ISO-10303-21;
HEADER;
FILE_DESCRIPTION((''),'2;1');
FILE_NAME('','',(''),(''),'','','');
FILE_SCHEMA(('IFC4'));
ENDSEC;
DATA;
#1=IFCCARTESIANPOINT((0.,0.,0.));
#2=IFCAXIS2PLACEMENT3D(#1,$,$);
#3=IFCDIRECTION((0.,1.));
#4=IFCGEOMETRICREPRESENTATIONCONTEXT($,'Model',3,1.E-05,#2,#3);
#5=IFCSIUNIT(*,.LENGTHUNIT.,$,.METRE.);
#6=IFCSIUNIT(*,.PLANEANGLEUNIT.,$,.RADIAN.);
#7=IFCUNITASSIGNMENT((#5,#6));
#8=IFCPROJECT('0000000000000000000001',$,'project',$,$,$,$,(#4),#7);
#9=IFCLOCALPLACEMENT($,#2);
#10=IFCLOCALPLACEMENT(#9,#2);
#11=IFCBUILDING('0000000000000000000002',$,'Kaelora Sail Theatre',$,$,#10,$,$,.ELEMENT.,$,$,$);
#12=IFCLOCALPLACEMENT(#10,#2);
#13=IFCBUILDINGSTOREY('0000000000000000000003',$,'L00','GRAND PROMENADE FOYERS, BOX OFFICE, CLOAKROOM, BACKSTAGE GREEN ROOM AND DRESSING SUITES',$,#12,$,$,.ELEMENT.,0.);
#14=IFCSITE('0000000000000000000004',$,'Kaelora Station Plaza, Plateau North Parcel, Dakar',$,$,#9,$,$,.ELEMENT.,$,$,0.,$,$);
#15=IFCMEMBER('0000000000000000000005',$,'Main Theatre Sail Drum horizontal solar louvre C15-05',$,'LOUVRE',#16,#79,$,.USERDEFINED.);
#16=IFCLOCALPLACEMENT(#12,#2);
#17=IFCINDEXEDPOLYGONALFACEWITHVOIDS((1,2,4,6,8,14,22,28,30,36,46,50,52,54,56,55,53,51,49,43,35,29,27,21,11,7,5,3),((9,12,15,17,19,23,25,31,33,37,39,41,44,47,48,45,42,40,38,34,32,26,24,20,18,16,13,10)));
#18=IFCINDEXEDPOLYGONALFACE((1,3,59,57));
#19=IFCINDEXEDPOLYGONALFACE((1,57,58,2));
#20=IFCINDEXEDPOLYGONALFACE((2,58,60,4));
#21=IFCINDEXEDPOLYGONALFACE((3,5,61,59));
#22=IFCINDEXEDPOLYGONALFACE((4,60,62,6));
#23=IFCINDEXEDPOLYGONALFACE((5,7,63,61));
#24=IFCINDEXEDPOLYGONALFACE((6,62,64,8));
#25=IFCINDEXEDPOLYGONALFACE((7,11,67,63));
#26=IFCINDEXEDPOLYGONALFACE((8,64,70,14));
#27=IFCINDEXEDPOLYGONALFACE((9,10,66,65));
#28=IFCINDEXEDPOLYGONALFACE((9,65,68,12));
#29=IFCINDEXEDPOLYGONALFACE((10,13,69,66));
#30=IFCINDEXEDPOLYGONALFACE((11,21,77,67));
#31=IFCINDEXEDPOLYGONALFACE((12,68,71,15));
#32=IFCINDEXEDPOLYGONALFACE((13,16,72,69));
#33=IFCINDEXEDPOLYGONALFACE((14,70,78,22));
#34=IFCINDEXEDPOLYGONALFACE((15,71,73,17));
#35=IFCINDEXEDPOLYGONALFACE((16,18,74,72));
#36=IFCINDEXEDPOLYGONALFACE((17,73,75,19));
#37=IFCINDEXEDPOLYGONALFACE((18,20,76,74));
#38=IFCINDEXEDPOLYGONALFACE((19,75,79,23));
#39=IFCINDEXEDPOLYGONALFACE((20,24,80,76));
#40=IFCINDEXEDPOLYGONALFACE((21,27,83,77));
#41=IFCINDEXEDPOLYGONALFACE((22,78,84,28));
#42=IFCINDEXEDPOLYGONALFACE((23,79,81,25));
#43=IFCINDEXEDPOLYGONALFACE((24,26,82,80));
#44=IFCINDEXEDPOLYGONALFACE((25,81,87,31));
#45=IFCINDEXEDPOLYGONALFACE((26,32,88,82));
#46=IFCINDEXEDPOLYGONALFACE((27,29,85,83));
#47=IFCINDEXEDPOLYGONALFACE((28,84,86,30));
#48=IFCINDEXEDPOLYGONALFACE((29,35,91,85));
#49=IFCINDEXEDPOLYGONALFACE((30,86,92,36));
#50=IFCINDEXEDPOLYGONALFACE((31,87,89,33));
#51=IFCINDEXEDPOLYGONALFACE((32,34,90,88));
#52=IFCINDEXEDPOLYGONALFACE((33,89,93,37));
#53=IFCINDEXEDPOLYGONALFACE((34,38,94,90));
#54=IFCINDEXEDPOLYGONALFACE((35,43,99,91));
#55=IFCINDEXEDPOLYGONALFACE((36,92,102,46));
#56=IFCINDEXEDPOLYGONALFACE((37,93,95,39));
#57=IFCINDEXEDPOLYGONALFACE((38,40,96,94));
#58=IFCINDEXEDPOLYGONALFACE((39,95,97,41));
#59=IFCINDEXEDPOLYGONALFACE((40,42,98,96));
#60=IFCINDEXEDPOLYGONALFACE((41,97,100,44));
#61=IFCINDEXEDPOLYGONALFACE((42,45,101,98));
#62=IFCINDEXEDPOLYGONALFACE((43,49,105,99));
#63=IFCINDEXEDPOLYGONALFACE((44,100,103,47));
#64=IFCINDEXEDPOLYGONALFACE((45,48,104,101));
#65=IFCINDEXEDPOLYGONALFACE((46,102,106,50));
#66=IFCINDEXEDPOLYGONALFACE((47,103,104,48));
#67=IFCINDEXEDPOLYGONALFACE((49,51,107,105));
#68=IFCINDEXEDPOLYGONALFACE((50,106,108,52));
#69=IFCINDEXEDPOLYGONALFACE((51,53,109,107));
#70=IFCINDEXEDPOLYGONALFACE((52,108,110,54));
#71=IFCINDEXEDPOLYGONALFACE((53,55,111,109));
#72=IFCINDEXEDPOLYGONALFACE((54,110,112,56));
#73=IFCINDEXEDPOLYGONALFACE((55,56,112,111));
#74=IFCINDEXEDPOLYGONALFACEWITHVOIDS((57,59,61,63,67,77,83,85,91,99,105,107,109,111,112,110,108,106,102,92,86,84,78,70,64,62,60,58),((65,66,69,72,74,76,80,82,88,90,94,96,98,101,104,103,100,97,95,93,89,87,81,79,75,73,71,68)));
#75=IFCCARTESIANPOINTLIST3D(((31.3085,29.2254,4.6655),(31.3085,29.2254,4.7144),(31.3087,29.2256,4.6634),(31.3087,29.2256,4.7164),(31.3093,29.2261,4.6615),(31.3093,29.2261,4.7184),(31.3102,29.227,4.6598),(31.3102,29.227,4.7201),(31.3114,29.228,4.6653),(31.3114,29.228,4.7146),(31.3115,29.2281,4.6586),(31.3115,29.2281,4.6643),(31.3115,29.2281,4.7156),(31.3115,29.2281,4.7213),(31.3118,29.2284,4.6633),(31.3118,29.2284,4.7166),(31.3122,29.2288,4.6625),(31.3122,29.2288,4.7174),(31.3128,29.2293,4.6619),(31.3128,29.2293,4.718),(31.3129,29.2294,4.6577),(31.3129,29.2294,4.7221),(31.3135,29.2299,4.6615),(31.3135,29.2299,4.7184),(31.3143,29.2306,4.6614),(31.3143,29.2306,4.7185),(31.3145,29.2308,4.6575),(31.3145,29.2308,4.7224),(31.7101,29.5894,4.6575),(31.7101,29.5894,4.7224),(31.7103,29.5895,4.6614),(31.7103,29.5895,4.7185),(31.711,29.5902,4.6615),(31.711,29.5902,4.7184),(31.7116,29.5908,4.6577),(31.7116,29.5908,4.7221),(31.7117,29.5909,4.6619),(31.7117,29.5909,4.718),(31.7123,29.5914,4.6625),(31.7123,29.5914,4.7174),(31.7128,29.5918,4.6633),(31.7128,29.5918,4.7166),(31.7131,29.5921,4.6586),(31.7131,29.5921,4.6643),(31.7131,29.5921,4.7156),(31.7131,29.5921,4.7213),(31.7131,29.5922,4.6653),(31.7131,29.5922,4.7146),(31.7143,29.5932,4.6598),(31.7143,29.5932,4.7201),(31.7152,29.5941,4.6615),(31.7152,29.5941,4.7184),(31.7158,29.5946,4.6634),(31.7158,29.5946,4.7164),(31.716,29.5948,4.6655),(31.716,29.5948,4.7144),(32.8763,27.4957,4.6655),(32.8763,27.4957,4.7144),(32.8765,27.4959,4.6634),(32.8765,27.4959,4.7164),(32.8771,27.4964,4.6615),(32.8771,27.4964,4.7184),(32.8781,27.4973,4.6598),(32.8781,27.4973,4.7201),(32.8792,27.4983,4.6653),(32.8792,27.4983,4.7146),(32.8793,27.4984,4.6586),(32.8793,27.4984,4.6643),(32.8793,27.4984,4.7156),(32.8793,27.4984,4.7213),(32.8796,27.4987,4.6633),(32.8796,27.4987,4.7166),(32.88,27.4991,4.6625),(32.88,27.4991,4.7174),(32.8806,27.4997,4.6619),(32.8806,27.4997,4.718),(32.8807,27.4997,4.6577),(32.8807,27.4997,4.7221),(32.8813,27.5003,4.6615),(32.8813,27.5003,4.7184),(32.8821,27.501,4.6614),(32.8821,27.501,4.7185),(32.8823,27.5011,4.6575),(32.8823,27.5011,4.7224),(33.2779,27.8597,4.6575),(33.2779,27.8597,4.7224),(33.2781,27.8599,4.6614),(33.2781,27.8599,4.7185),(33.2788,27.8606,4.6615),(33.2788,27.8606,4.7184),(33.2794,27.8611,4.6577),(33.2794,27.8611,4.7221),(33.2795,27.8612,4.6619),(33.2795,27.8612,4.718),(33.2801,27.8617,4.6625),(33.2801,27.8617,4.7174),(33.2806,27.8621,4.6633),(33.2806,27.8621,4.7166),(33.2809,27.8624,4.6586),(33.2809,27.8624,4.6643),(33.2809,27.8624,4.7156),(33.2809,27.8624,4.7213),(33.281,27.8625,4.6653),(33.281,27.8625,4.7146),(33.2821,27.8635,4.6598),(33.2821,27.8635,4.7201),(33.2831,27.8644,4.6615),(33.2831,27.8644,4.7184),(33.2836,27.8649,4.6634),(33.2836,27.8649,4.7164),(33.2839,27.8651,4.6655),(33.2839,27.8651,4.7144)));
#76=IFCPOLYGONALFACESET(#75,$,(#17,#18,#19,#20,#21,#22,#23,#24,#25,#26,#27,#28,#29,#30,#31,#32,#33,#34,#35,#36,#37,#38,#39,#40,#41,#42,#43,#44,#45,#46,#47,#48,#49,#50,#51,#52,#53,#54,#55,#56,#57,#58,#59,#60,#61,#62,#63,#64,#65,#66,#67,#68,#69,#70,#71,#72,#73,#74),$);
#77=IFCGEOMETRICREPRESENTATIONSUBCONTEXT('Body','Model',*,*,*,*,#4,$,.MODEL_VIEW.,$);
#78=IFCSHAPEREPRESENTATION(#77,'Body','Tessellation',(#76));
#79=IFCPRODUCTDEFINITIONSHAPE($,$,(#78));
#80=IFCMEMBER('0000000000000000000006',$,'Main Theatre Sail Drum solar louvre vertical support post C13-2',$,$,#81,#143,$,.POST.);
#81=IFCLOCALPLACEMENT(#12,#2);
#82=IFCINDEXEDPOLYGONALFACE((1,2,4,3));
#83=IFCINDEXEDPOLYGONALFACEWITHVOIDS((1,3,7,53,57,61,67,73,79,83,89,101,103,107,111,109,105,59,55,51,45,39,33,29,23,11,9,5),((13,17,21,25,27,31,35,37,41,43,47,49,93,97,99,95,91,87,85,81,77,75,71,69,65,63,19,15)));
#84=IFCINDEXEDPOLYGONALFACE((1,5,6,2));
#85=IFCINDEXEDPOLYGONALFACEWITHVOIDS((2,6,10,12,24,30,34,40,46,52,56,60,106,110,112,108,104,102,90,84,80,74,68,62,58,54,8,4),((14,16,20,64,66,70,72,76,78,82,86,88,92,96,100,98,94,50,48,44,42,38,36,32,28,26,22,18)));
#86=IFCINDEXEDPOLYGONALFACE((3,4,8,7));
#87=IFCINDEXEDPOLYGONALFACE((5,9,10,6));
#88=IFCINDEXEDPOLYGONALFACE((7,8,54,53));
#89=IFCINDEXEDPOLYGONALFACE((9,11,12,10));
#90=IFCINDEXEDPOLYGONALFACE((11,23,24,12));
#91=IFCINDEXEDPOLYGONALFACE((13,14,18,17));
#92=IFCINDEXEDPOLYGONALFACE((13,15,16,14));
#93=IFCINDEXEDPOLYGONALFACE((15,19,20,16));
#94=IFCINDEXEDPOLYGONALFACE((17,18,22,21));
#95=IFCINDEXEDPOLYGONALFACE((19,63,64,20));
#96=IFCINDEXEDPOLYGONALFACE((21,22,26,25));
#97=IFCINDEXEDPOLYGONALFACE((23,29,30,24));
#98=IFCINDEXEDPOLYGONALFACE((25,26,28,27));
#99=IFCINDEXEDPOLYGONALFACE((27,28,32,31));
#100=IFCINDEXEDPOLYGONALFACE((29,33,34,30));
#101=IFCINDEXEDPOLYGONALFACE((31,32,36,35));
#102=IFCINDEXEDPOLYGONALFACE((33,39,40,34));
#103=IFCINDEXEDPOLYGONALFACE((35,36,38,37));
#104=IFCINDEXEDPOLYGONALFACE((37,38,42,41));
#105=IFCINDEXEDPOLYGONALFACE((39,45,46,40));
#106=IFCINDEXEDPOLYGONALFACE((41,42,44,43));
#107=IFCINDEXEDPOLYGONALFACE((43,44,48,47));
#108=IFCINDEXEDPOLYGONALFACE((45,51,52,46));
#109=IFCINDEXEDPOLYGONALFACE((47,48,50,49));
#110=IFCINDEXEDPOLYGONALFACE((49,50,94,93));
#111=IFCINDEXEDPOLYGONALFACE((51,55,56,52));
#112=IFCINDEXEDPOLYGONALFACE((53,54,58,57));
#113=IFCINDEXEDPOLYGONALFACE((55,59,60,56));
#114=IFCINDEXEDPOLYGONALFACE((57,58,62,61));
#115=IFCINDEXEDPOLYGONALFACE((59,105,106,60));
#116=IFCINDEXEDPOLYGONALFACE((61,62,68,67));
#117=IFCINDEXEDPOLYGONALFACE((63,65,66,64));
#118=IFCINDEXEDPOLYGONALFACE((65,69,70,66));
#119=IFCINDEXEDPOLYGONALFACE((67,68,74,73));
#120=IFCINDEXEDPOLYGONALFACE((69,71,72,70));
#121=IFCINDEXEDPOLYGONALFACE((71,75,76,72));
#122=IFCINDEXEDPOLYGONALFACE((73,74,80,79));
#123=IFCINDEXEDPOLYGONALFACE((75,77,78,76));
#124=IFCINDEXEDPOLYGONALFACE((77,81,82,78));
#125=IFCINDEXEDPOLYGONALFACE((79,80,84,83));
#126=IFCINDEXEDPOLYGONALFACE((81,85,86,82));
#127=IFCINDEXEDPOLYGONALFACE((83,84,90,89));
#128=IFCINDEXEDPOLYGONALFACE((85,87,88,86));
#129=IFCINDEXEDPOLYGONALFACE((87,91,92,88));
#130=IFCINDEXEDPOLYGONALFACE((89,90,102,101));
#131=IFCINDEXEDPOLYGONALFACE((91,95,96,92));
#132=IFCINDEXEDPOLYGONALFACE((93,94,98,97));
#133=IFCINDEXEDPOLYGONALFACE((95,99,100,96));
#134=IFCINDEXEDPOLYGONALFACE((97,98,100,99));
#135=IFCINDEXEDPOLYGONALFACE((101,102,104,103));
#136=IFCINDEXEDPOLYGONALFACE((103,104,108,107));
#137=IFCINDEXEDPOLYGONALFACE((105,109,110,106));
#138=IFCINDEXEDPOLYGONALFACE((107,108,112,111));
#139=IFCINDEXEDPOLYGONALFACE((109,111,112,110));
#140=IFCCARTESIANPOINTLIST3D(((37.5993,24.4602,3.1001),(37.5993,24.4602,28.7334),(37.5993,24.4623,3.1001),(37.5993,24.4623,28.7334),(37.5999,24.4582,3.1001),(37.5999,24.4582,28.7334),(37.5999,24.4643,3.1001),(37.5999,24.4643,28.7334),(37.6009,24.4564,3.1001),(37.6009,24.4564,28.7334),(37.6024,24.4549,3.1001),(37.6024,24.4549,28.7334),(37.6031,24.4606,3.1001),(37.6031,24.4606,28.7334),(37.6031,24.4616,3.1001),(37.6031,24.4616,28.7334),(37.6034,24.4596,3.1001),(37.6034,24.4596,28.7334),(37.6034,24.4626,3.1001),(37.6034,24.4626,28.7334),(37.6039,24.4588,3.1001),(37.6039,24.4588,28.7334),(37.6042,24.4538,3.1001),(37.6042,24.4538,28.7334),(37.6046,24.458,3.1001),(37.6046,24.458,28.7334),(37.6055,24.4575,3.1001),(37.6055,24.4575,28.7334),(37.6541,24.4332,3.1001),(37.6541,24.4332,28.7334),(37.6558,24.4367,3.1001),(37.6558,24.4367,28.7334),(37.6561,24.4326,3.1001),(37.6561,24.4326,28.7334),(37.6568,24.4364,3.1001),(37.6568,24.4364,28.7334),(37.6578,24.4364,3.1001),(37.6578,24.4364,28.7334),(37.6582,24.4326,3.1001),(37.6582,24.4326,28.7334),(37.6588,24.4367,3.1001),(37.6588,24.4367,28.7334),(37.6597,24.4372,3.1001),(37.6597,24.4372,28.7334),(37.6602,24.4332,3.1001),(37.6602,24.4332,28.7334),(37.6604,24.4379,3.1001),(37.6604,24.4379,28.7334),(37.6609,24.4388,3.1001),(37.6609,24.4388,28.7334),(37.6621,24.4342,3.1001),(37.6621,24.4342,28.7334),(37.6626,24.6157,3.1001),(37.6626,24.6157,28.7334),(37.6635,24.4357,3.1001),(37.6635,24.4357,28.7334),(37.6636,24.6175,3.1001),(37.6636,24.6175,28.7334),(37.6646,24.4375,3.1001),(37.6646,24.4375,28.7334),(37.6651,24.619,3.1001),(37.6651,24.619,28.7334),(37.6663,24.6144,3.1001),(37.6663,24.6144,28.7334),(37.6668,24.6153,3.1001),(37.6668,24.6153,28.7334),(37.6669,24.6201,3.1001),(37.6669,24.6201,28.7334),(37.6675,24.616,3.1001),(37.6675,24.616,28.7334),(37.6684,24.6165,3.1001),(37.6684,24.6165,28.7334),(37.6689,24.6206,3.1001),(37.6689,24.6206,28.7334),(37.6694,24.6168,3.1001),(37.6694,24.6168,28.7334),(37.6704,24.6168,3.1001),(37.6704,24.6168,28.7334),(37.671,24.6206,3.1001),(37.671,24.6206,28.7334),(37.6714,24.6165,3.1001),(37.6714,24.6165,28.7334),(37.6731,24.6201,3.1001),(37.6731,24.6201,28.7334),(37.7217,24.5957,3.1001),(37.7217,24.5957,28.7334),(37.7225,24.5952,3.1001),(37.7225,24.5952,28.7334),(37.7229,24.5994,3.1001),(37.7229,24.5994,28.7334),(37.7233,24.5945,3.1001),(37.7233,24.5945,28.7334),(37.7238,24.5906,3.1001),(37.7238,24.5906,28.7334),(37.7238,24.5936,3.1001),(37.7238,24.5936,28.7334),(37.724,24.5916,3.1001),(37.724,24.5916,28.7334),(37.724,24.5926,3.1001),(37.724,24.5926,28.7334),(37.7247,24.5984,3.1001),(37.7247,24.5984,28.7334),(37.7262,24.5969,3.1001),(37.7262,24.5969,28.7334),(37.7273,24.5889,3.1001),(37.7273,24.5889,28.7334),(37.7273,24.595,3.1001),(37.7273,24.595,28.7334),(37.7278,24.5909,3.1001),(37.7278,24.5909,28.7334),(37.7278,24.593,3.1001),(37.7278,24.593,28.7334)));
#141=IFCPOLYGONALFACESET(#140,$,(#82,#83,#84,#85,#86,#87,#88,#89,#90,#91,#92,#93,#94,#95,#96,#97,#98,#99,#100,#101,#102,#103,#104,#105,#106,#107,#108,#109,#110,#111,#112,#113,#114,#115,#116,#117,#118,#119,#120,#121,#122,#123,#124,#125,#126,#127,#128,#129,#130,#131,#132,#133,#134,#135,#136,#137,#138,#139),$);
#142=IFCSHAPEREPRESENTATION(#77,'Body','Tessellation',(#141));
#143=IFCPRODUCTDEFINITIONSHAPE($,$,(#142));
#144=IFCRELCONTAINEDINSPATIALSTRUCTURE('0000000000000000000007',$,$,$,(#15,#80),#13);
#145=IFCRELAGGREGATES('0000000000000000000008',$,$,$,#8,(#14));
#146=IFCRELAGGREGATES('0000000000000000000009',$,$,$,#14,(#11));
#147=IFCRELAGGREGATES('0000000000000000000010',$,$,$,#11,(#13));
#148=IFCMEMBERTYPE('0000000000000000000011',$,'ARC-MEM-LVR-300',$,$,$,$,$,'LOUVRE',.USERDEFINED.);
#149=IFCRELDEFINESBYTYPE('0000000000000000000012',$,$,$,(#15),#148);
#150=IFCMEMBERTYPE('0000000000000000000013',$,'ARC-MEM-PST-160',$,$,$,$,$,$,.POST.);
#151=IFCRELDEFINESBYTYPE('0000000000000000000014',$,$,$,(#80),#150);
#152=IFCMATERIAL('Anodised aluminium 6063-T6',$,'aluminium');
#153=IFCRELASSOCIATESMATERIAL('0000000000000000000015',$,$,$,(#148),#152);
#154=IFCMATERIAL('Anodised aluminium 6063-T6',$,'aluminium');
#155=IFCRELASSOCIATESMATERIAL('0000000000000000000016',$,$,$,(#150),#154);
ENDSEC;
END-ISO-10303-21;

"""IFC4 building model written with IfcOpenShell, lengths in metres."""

from ifc_helpers import new_model, si_unit, direction, frame, origin, origin_2d, place, context, subcontext, project, spatial, hollow_rectangle, extrude, material, material_profile, profile_set, type_object, element, save


model = new_model("IFC4")

# Units and contexts
model_context = context("Model", 3, precision=1e-05, world=origin(), true_north=direction((0.0, 1.0)))
body_context = subcontext(model_context, "Body", "Model", "MODEL_VIEW")
ifc_project = project(units=[si_unit("LENGTHUNIT", "METRE"), si_unit("PLANEANGLEUNIT", "RADIAN")], contexts=[model_context])

# Site, building, storey
site_placement = place(None, origin())
site = spatial("IfcSite", under=ifc_project, at=site_placement, Name="Kaelora Station Plaza, Plateau North Parcel, Dakar", CompositionType="ELEMENT", RefElevation=0.0)
building_placement = place(site_placement, origin())
building = spatial("IfcBuilding", under=site, at=building_placement, Name="Kaelora Sail Theatre", CompositionType="ELEMENT")
storey_placement = place(building_placement, origin())
storey = spatial("IfcBuildingStorey", under=building, at=storey_placement, Name="L00", Description="GRAND PROMENADE FOYERS, BOX OFFICE, CLOAKROOM, BACKSTAGE GREEN ROOM AND DRESSING SUITES", CompositionType="ELEMENT", Elevation=0.0)

# Members
ifc_material_1 = material(Name="Anodised aluminium 6063-T6", Category="aluminium")
ifc_material_profile_1 = material_profile(ifc_material_1, hollow_rectangle(XDim=0.55, YDim=0.0649, WallThickness=0.0039, InnerFilletRadius=0.0039, OuterFilletRadius=0.0081, at=origin_2d()), Name="LOUVRE 550x65x4")
ifc_profile_set_1 = profile_set([ifc_material_profile_1], Name="Anodised aluminium 6063-T6")
member_type_1 = type_object("IfcMemberType", Name="ARC-MEM-LVR-300", ElementType="LOUVRE", PredefinedType="USERDEFINED", material=ifc_profile_set_1)
member_placement = place(storey_placement, frame((33.0801, 27.6804, 4.6899), z_axis=(-0.671589, 0.740924, 0.0), x_axis=(-0.740924, -0.671589, 0.0)))
element("IfcMember", 1, at=member_placement, inside=storey, type_object=member_type_1, Name="Main Theatre Sail Drum horizontal solar louvre C15-05", ObjectType="LOUVRE", PredefinedType="USERDEFINED", context=body_context, shape_type="SweptSolid", body=[
    extrude(hollow_rectangle(XDim=0.55, YDim=0.0649, WallThickness=0.0039, InnerFilletRadius=0.0039, OuterFilletRadius=0.0081, at=origin_2d()), origin(), (0.0, 0.0, 1.0), 2.3345),
])
ifc_material_2 = material(Name="Anodised aluminium 6063-T6", Category="aluminium")
ifc_material_profile_2 = material_profile(ifc_material_2, hollow_rectangle(XDim=0.0701, YDim=0.1799, WallThickness=0.0039, InnerFilletRadius=0.0039, OuterFilletRadius=0.0081, at=origin_2d()), Name="ALU-MULL 70x180x4")
ifc_profile_set_2 = profile_set([ifc_material_profile_2], Name="Anodised aluminium 6063-T6")
member_type_2 = type_object("IfcMemberType", Name="ARC-MEM-PST-160", PredefinedType="POST", material=ifc_profile_set_2)
for number, where, z_axis, x_axis, name in (
    (2, (37.6636, 24.5266, 3.1001), (0.0, 0.0, 1.0), (-0.92388, 0.382683, 0.0), "Main Theatre Sail Drum solar louvre vertical support post C13-2"),
):
    element("IfcMember", number, at=place(storey_placement, frame(where, z_axis=z_axis, x_axis=x_axis)), inside=storey, type_object=member_type_2, Name=name, PredefinedType="POST", context=body_context, shape_type="SweptSolid", body=[
        extrude(hollow_rectangle(XDim=0.0701, YDim=0.1799, WallThickness=0.0039, InnerFilletRadius=0.0039, OuterFilletRadius=0.0081, at=origin_2d()), origin(), (0.0, 0.0, 1.0), 25.6333),
    ])

save(model, "model.ifc")
